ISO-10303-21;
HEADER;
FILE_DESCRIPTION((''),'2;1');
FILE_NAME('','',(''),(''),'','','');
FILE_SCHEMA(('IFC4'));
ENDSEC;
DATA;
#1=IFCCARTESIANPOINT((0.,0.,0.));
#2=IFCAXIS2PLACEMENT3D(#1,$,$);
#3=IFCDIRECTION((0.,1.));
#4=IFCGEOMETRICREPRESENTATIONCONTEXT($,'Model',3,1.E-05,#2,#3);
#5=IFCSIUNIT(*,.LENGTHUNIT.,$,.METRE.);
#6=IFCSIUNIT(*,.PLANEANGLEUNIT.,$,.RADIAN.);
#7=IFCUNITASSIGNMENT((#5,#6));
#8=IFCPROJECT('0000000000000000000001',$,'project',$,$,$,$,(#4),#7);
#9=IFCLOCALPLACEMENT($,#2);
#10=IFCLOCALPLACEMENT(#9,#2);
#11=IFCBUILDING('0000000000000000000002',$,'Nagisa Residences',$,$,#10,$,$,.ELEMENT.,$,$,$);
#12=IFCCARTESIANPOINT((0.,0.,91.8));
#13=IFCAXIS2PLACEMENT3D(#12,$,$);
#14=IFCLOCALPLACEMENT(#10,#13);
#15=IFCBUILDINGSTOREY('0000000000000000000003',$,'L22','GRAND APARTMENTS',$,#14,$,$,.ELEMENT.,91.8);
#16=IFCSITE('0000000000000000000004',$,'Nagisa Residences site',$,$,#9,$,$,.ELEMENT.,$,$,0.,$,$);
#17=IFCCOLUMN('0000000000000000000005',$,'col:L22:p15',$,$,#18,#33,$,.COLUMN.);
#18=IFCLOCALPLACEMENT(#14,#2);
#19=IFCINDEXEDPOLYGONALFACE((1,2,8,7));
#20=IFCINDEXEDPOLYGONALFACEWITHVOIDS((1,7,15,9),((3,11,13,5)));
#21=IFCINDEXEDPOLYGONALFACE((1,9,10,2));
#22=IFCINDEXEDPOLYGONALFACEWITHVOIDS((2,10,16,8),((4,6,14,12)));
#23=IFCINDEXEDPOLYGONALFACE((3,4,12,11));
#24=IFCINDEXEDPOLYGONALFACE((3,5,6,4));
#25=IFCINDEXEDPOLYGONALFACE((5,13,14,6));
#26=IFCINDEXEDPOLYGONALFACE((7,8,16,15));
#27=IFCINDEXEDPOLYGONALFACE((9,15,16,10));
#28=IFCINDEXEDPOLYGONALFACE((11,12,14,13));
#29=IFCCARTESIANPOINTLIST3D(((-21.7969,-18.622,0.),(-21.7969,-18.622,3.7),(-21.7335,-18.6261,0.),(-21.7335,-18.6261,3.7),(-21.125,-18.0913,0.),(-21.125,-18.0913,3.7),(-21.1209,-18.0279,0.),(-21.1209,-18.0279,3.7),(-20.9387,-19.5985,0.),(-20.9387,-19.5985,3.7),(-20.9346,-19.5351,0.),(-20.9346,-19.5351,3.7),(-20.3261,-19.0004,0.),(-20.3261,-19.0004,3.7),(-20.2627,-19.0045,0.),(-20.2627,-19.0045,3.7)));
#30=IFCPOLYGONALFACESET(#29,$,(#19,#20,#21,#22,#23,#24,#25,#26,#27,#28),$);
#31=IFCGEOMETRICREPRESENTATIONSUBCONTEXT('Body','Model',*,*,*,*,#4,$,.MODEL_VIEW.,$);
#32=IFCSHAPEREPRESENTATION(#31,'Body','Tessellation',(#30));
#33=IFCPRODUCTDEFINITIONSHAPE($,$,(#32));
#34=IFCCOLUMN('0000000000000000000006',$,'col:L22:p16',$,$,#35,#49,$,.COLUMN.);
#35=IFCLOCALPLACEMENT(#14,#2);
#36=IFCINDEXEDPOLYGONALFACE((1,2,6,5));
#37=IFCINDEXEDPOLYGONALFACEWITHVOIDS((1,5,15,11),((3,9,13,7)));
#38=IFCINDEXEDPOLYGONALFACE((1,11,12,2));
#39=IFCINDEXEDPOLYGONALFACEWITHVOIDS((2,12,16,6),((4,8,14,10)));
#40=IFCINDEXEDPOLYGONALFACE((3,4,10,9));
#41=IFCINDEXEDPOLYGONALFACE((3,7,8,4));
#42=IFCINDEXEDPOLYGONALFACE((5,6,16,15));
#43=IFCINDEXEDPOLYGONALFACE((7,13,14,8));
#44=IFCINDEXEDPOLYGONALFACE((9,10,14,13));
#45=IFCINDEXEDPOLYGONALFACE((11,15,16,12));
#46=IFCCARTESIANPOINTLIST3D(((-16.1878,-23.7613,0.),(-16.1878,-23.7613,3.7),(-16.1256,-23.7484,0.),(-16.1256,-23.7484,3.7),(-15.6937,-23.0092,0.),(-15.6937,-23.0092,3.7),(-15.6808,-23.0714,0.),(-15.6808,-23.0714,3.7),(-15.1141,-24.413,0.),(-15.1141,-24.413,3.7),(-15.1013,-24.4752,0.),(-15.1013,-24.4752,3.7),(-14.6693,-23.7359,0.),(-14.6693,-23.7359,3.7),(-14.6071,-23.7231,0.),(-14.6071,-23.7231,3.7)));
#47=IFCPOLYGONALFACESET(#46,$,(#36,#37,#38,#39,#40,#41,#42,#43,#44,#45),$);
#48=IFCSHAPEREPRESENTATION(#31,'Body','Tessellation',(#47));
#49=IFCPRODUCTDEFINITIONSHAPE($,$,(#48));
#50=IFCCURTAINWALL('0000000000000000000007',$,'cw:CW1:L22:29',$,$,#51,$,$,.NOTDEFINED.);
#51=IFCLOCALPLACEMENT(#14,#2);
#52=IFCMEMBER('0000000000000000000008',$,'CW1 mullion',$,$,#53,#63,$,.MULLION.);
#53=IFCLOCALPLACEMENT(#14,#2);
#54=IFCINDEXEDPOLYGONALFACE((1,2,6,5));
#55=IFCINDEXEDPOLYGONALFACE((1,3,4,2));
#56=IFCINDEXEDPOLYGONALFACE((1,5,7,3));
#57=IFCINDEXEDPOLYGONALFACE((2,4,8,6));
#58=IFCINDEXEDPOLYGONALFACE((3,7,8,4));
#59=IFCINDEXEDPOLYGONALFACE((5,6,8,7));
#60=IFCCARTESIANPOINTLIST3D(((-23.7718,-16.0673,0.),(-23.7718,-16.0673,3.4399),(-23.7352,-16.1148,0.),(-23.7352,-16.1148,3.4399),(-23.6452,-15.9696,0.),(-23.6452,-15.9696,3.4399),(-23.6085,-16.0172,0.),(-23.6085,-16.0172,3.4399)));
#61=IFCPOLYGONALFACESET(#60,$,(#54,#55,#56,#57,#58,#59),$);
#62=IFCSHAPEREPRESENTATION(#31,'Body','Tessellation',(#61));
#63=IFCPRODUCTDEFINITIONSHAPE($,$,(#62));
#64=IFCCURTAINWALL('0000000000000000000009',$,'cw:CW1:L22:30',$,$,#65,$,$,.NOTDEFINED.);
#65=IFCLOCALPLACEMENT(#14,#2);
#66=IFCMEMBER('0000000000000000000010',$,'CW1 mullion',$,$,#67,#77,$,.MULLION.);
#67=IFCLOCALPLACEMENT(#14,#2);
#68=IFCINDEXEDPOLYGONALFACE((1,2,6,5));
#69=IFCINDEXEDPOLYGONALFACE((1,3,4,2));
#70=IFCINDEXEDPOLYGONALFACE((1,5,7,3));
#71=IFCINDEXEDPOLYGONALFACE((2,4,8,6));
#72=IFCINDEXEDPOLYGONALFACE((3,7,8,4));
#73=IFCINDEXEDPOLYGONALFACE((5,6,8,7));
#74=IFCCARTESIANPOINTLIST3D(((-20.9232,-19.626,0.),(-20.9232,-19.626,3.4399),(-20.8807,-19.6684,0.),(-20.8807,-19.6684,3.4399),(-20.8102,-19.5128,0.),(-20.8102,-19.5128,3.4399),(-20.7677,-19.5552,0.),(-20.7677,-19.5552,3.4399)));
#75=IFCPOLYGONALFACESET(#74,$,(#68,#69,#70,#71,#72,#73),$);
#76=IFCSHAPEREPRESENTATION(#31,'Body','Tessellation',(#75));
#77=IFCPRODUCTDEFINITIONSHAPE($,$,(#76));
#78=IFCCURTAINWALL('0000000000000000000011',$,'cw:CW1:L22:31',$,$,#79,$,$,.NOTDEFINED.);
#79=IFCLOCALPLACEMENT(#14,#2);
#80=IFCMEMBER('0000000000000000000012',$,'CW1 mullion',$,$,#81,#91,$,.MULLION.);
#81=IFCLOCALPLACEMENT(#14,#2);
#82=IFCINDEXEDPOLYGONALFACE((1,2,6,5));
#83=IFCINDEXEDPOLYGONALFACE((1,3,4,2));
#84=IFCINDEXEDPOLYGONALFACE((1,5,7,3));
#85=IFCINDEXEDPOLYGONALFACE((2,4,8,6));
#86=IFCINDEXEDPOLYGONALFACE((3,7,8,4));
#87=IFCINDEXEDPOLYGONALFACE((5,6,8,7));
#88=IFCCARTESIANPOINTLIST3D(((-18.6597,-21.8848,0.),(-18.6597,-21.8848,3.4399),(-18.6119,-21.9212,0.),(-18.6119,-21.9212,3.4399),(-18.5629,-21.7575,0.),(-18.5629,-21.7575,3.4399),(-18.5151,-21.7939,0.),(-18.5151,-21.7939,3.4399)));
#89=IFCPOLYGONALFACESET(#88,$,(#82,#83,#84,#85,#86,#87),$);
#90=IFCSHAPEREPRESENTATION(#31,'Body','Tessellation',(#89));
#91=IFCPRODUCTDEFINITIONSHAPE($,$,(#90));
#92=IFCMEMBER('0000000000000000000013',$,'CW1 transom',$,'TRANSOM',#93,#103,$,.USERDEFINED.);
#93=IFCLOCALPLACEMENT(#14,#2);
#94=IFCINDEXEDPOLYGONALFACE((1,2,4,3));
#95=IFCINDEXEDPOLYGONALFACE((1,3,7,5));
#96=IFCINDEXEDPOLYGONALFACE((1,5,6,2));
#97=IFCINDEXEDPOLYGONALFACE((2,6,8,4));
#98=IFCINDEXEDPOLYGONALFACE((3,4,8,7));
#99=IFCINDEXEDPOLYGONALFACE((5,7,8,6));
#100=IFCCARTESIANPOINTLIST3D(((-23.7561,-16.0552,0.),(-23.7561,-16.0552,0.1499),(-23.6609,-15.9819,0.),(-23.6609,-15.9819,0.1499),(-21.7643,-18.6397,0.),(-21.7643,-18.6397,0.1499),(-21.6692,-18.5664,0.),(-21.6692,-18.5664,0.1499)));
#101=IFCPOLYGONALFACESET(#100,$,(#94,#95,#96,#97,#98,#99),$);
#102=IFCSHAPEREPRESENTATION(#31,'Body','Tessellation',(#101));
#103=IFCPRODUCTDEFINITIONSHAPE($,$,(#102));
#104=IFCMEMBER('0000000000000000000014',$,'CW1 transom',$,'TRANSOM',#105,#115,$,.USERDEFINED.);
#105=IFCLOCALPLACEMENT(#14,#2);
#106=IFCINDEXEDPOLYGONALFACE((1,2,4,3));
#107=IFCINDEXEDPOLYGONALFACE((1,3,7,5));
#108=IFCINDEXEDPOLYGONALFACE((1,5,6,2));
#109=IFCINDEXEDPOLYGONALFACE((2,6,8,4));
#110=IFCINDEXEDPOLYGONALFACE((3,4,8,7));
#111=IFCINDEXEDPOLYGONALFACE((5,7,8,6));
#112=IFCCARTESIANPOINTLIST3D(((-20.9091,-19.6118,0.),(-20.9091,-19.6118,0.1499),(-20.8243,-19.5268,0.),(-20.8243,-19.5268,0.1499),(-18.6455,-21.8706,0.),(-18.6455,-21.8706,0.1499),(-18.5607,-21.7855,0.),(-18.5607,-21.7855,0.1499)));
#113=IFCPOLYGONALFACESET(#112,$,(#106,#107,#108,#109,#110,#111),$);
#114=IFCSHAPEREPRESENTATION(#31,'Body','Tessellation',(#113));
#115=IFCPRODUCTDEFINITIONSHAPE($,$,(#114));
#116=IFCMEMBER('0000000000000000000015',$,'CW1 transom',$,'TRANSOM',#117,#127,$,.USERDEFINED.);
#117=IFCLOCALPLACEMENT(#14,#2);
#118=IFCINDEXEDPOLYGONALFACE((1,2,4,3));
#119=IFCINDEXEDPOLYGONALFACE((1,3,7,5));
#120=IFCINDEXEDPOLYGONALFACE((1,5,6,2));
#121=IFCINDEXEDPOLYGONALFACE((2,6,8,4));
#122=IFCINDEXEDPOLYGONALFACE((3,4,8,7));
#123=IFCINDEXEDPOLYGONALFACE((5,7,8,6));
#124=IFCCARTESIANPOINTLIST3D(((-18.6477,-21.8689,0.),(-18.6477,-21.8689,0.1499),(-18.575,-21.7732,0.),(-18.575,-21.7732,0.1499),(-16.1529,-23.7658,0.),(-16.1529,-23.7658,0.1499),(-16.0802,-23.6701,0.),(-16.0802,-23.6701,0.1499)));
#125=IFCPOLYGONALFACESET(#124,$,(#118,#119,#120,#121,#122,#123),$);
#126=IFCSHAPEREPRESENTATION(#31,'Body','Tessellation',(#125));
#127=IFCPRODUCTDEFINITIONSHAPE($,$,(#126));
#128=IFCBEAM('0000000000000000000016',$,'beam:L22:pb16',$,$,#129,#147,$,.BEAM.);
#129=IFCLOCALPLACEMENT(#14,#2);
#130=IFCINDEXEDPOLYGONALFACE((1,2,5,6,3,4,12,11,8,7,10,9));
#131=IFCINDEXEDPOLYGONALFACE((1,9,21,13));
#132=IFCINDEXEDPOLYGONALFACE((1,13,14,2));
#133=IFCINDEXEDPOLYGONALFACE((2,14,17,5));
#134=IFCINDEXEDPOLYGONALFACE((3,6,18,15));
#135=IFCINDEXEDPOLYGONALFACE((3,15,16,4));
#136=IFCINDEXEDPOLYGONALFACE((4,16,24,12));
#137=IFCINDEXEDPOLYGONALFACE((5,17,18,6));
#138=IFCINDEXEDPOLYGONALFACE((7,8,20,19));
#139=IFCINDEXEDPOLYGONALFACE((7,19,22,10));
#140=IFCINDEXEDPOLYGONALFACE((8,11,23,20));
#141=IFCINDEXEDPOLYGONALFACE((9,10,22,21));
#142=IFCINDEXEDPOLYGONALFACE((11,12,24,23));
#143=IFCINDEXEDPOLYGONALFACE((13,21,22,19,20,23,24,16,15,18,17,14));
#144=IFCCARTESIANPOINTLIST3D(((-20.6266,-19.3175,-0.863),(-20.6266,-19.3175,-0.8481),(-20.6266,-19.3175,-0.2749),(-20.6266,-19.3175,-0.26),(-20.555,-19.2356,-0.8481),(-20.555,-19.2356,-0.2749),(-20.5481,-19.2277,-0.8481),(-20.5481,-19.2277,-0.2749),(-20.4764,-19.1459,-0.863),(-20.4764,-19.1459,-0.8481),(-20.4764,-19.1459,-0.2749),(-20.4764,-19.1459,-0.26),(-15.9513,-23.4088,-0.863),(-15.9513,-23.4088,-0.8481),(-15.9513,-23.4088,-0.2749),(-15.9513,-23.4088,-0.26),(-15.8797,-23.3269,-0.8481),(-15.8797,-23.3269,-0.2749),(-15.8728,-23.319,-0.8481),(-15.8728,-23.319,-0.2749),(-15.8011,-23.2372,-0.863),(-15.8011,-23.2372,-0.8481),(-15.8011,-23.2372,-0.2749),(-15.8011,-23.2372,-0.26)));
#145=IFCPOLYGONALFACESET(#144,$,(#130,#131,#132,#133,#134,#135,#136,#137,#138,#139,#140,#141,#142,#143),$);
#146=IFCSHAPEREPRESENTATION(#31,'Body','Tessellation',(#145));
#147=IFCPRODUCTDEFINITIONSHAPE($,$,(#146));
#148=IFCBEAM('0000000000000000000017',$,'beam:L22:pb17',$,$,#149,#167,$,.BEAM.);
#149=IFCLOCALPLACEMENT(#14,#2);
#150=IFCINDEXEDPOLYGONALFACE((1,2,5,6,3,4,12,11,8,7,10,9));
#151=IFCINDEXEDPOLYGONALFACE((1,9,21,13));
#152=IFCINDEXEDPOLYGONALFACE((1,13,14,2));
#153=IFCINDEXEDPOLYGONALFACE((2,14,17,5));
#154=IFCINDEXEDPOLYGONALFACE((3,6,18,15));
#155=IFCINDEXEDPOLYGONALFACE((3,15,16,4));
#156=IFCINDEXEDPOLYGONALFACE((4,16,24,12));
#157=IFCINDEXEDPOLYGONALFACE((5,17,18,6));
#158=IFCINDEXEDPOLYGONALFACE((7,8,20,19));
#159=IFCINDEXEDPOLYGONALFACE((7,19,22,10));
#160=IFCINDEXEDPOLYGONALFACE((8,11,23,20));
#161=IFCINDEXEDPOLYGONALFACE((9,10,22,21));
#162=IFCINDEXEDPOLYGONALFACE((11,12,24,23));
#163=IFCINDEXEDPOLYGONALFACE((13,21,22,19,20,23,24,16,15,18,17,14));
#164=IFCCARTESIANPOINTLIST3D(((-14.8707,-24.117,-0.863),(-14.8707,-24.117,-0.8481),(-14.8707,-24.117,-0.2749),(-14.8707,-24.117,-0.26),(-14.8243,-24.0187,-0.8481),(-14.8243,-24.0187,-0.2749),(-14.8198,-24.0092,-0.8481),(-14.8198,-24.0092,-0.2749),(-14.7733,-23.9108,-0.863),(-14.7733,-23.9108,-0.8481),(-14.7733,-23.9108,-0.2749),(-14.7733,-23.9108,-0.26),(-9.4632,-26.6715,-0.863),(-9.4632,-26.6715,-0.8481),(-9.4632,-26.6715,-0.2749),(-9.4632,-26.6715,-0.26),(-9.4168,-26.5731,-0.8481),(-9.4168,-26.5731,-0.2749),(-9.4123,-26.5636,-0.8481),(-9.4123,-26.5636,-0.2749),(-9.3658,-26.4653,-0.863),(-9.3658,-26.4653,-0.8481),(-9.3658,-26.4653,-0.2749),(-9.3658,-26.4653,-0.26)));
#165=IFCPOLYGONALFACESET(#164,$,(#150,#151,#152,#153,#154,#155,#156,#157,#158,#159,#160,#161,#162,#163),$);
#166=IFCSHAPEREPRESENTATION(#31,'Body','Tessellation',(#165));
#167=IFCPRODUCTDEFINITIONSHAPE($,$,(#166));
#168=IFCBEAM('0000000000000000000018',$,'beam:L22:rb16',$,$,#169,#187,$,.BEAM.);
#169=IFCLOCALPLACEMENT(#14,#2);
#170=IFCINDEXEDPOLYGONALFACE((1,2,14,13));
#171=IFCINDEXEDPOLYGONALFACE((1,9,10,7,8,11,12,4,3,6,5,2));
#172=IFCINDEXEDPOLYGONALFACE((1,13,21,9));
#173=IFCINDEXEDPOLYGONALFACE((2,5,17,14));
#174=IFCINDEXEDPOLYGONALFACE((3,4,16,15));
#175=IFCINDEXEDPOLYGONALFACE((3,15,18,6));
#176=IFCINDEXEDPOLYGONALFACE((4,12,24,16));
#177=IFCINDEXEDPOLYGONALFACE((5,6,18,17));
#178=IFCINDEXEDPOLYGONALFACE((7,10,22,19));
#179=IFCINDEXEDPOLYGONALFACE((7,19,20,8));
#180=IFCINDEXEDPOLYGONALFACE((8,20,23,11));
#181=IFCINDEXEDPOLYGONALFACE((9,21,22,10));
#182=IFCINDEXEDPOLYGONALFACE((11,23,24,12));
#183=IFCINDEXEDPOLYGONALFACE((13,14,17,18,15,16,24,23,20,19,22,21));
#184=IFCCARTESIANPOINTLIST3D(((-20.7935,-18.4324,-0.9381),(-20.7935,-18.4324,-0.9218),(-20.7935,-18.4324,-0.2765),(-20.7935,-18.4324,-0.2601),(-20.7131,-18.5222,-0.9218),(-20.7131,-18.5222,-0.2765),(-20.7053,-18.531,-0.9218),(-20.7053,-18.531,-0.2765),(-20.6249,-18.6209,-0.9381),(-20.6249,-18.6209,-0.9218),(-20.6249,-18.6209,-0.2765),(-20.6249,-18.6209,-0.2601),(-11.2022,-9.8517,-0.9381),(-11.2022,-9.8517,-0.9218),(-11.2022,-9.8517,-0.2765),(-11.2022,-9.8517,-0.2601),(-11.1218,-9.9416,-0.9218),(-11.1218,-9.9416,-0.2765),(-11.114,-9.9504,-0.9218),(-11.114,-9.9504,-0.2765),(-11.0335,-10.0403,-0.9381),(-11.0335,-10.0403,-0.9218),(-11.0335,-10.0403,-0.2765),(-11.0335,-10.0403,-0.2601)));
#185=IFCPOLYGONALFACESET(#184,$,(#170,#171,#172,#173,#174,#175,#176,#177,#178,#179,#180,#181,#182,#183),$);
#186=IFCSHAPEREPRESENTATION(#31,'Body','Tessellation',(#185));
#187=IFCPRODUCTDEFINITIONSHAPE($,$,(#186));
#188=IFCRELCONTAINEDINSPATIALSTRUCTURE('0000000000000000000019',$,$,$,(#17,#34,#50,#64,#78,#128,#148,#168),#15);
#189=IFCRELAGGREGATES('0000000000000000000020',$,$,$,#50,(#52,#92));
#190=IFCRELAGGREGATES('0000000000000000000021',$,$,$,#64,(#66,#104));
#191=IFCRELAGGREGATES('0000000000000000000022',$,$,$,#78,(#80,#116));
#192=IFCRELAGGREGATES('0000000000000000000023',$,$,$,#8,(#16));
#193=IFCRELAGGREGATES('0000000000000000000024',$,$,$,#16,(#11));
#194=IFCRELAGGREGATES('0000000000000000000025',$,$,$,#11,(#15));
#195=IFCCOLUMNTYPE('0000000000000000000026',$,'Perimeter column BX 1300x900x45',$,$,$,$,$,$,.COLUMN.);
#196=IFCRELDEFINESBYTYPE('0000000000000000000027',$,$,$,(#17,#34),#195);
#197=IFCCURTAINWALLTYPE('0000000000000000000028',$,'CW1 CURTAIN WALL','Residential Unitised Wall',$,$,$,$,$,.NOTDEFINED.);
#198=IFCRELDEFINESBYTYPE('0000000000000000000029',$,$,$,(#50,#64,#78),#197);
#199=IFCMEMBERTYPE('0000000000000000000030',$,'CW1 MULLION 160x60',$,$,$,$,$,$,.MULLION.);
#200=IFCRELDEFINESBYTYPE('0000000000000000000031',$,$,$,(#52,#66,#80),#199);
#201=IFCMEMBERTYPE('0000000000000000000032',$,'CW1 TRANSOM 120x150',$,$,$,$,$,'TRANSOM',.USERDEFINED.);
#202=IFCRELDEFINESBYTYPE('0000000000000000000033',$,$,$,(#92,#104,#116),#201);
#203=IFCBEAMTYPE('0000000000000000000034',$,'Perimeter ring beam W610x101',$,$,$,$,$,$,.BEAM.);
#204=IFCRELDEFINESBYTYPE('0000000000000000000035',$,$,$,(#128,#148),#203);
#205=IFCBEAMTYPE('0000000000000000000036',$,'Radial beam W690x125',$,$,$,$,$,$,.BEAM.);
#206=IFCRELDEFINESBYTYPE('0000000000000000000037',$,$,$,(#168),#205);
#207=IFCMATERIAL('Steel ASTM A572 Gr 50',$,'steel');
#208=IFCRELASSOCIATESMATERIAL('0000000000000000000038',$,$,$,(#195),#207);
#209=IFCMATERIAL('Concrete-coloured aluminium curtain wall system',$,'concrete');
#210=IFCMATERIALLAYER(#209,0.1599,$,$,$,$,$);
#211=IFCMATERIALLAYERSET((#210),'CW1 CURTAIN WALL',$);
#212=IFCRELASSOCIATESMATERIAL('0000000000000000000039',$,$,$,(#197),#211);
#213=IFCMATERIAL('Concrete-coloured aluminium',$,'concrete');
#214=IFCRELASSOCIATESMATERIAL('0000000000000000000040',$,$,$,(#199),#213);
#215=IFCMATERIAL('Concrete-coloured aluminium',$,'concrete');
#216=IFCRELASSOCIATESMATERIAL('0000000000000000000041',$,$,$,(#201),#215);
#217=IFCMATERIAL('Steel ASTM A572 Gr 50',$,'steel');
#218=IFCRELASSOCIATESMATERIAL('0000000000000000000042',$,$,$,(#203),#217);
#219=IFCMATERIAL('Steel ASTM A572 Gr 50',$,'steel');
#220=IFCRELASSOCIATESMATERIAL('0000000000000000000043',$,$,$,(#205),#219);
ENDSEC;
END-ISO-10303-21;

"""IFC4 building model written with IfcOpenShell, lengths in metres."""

from ifc_helpers import new_model, si_unit, direction, frame, origin, origin_2d, place, context, subcontext, project, spatial, rectangle, hollow_rectangle, i_section, extrude, material, layer, layer_set, material_profile, profile_set, type_object, element, aggregate, save


model = new_model("IFC4")

# Units and contexts
model_context = context("Model", 3, precision=1e-05, world=origin(), true_north=direction((0.0, 1.0)))
body_context = subcontext(model_context, "Body", "Model", "MODEL_VIEW")
ifc_project = project(units=[si_unit("LENGTHUNIT", "METRE"), si_unit("PLANEANGLEUNIT", "RADIAN")], contexts=[model_context])

# Site, building, storey
site_placement = place(None, origin())
site = spatial("IfcSite", under=ifc_project, at=site_placement, Name="Nagisa Residences site", CompositionType="ELEMENT", RefElevation=0.0)
building_placement = place(site_placement, origin())
building = spatial("IfcBuilding", under=site, at=building_placement, Name="Nagisa Residences", CompositionType="ELEMENT")
storey_placement = place(building_placement, frame((0.0, 0.0, 91.8)))
storey = spatial("IfcBuildingStorey", under=building, at=storey_placement, Name="L22", Description="GRAND APARTMENTS", CompositionType="ELEMENT", Elevation=91.8)

# Columns
ifc_material_1 = material(Name="Steel ASTM A572 Gr 50", Category="steel")
ifc_material_profile_1 = material_profile(ifc_material_1, hollow_rectangle(XDim=1.3, YDim=0.8999, WallThickness=0.0449, at=origin_2d()), Name="BX 1300x900x45")
ifc_profile_set_1 = profile_set([ifc_material_profile_1], Name="Steel ASTM A572 Gr 50")
column_type = type_object("IfcColumnType", Name="Perimeter column BX 1300x900x45", PredefinedType="COLUMN", material=ifc_profile_set_1)
for number, where, z_axis, x_axis, name in (
    (1, (-21.0298, -18.8132, 0.0), (0.0, 0.0, 1.0), (0.660115, -0.751165, 0.0), "col:L22:p15"),
    (2, (-15.3975, -23.7422, 0.0), (0.0, 0.0, 1.0), (0.835766, -0.549086, 0.0), "col:L22:p16"),
):
    element("IfcColumn", number, at=place(storey_placement, frame(where, z_axis=z_axis, x_axis=x_axis)), inside=storey, type_object=column_type, Name=name, PredefinedType="COLUMN", context=body_context, shape_type="SweptSolid", body=[
        extrude(hollow_rectangle(XDim=1.3, YDim=0.8999, WallThickness=0.0449, at=origin_2d()), origin(), (0.0, 0.0, 1.0), 3.7),
    ])

# Curtain walls, members
ifc_material_2 = material(Name="Concrete-coloured aluminium curtain wall system", Category="concrete")
ifc_layer_1 = layer(ifc_material_2, 0.1599)
ifc_layer_set_1 = layer_set([ifc_layer_1], Name="CW1 CURTAIN WALL")
curtain_wall_type = type_object("IfcCurtainWallType", Name="CW1 CURTAIN WALL", Description="Residential Unitised Wall", PredefinedType="NOTDEFINED", material=ifc_layer_set_1)
curtain_wall_1_placement = place(storey_placement, origin())
curtain_wall_1 = element("IfcCurtainWall", 3, at=curtain_wall_1_placement, inside=storey, type_object=curtain_wall_type, Name="cw:CW1:L22:29", PredefinedType="NOTDEFINED")
ifc_material_3 = material(Name="Concrete-coloured aluminium", Category="concrete")
ifc_material_profile_2 = material_profile(ifc_material_3, rectangle(XDim=0.1599, YDim=0.0601, at=origin_2d()), Name="CW1 MULLION 160x60")
ifc_profile_set_2 = profile_set([ifc_material_profile_2], Name="Concrete-coloured aluminium")
member_type_1 = type_object("IfcMemberType", Name="CW1 MULLION 160x60", PredefinedType="MULLION", material=ifc_profile_set_2)
member_1_placement = place(storey_placement, frame((-23.6902, -16.0422, 0.0), z_axis=(0.0, 0.0, 1.0), x_axis=(0.79207, 0.61043, 0.0)))
member_1 = element("IfcMember", 4, at=member_1_placement, type_object=member_type_1, Name="CW1 mullion", PredefinedType="MULLION", context=body_context, shape_type="SweptSolid", body=[
    extrude(rectangle(XDim=0.1599, YDim=0.0601, at=origin_2d()), origin(), (0.0, 0.0, 1.0), 3.4399),
])
curtain_wall_2_placement = place(storey_placement, origin())
curtain_wall_2 = element("IfcCurtainWall", 5, at=curtain_wall_2_placement, inside=storey, type_object=curtain_wall_type, Name="cw:CW1:L22:30", PredefinedType="NOTDEFINED")
member_2_placement = place(storey_placement, frame((-20.8455, -19.5906, 0.0), z_axis=(0.0, 0.0, 1.0), x_axis=(0.706377, 0.707836, 0.0)))
member_2 = element("IfcMember", 6, at=member_2_placement, type_object=member_type_1, Name="CW1 mullion", PredefinedType="MULLION", context=body_context, shape_type="SweptSolid", body=[
    extrude(rectangle(XDim=0.1599, YDim=0.0601, at=origin_2d()), origin(), (0.0, 0.0, 1.0), 3.4399),
])
curtain_wall_3_placement = place(storey_placement, origin())
curtain_wall_3 = element("IfcCurtainWall", 7, at=curtain_wall_3_placement, inside=storey, type_object=curtain_wall_type, Name="cw:CW1:L22:31", PredefinedType="NOTDEFINED")
member_3_placement = place(storey_placement, frame((-18.5874, -21.8394, 0.0), z_axis=(0.0, 0.0, 1.0), x_axis=(0.605255, 0.796031, 0.0)))
member_3 = element("IfcMember", 8, at=member_3_placement, type_object=member_type_1, Name="CW1 mullion", PredefinedType="MULLION", context=body_context, shape_type="SweptSolid", body=[
    extrude(rectangle(XDim=0.1599, YDim=0.0601, at=origin_2d()), origin(), (0.0, 0.0, 1.0), 3.4399),
])

# Members
ifc_material_4 = material(Name="Concrete-coloured aluminium", Category="concrete")
ifc_material_profile_3 = material_profile(ifc_material_4, rectangle(XDim=0.1201, YDim=0.1499, at=origin_2d()), Name="CW1 TRANSOM 120x150")
ifc_profile_set_3 = profile_set([ifc_material_profile_3], Name="Concrete-coloured aluminium")
member_type_2 = type_object("IfcMemberType", Name="CW1 TRANSOM 120x150", ElementType="TRANSOM", PredefinedType="USERDEFINED", material=ifc_profile_set_3)
member_4_placement = place(storey_placement, frame((-23.7085, -16.0186, 0.075), z_axis=(0.610412, -0.792084, 0.0), x_axis=(0.792084, 0.610412, 0.0)))
member_4 = element("IfcMember", 9, at=member_4_placement, type_object=member_type_2, Name="CW1 transom", ObjectType="TRANSOM", PredefinedType="USERDEFINED", context=body_context, shape_type="SweptSolid", body=[
    extrude(rectangle(XDim=0.1201, YDim=0.1499, at=origin_2d()), origin(), (0.0, 0.0, 1.0), 3.2629),
])
member_5_placement = place(storey_placement, frame((-20.8667, -19.5693, 0.075), z_axis=(0.70787, -0.706343, 0.0), x_axis=(0.706343, 0.70787, 0.0)))
member_5 = element("IfcMember", 10, at=member_5_placement, type_object=member_type_2, Name="CW1 transom", ObjectType="TRANSOM", PredefinedType="USERDEFINED", context=body_context, shape_type="SweptSolid", body=[
    extrude(rectangle(XDim=0.1201, YDim=0.1499, at=origin_2d()), origin(), (0.0, 0.0, 1.0), 3.1978),
])
member_6_placement = place(storey_placement, frame((-18.6113, -21.821, 0.075), z_axis=(0.796029, -0.605259, 0.0), x_axis=(0.605259, 0.796029, 0.0)))
member_6 = element("IfcMember", 11, at=member_6_placement, type_object=member_type_2, Name="CW1 transom", ObjectType="TRANSOM", PredefinedType="USERDEFINED", context=body_context, shape_type="SweptSolid", body=[
    extrude(rectangle(XDim=0.1201, YDim=0.1499, at=origin_2d()), origin(), (0.0, 0.0, 1.0), 3.134),
])

# Beams
ifc_material_5 = material(Name="Steel ASTM A572 Gr 50", Category="steel")
ifc_material_profile_4 = material_profile(ifc_material_5, i_section(OverallWidth=0.228, OverallDepth=0.603, WebThickness=0.0105, FlangeThickness=0.0149, at=origin_2d()), Name="W610x101")
ifc_profile_set_4 = profile_set([ifc_material_profile_4], Name="Steel ASTM A572 Gr 50")
beam_type_1 = type_object("IfcBeamType", Name="Perimeter ring beam W610x101", PredefinedType="BEAM", material=ifc_profile_set_4)
beam_1_placement = place(storey_placement, frame((-20.5515, -19.2317, -0.5615), z_axis=(0.752543, -0.658544, 0.0), x_axis=(0.658544, 0.752543, 0.0)))
element("IfcBeam", 12, at=beam_1_placement, inside=storey, type_object=beam_type_1, Name="beam:L22:pb16", PredefinedType="BEAM", context=body_context, shape_type="SweptSolid", body=[
    extrude(i_section(OverallWidth=0.228, OverallDepth=0.603, WebThickness=0.0105, FlangeThickness=0.0149, at=origin_2d()), origin(), (0.0, 0.0, 1.0), 6.2126),
])
beam_2_placement = place(storey_placement, frame((-14.822, -24.0139, -0.5615), z_axis=(0.90419, -0.427131, 0.0), x_axis=(0.427131, 0.90419, 0.0)))
element("IfcBeam", 13, at=beam_2_placement, inside=storey, type_object=beam_type_1, Name="beam:L22:pb17", PredefinedType="BEAM", context=body_context, shape_type="SweptSolid", body=[
    extrude(i_section(OverallWidth=0.228, OverallDepth=0.603, WebThickness=0.0105, FlangeThickness=0.0149, at=origin_2d()), origin(), (0.0, 0.0, 1.0), 5.9805),
])
ifc_material_6 = material(Name="Steel ASTM A572 Gr 50", Category="steel")
ifc_material_profile_5 = material_profile(ifc_material_6, i_section(OverallWidth=0.2529, OverallDepth=0.678, WebThickness=0.0117, FlangeThickness=0.0164, at=origin_2d()), Name="W690x125")
ifc_profile_set_5 = profile_set([ifc_material_profile_5], Name="Steel ASTM A572 Gr 50")
beam_type_2 = type_object("IfcBeamType", Name="Radial beam W690x125", PredefinedType="BEAM", material=ifc_profile_set_5)
beam_3_placement = place(storey_placement, frame((-20.7092, -18.5266, -0.5991), z_axis=(0.745285, 0.666746, 0.0), x_axis=(-0.666746, 0.745285, 0.0)))
element("IfcBeam", 14, at=beam_3_placement, inside=storey, type_object=beam_type_2, Name="beam:L22:rb16", PredefinedType="BEAM", context=body_context, shape_type="SweptSolid", body=[
    extrude(i_section(OverallWidth=0.2529, OverallDepth=0.678, WebThickness=0.0117, FlangeThickness=0.0164, at=origin_2d()), origin(), (0.0, 0.0, 1.0), 12.8694),
])

aggregate(curtain_wall_1, [member_1, member_4])
aggregate(curtain_wall_2, [member_2, member_5])
aggregate(curtain_wall_3, [member_3, member_6])

save(model, "model.ifc")
